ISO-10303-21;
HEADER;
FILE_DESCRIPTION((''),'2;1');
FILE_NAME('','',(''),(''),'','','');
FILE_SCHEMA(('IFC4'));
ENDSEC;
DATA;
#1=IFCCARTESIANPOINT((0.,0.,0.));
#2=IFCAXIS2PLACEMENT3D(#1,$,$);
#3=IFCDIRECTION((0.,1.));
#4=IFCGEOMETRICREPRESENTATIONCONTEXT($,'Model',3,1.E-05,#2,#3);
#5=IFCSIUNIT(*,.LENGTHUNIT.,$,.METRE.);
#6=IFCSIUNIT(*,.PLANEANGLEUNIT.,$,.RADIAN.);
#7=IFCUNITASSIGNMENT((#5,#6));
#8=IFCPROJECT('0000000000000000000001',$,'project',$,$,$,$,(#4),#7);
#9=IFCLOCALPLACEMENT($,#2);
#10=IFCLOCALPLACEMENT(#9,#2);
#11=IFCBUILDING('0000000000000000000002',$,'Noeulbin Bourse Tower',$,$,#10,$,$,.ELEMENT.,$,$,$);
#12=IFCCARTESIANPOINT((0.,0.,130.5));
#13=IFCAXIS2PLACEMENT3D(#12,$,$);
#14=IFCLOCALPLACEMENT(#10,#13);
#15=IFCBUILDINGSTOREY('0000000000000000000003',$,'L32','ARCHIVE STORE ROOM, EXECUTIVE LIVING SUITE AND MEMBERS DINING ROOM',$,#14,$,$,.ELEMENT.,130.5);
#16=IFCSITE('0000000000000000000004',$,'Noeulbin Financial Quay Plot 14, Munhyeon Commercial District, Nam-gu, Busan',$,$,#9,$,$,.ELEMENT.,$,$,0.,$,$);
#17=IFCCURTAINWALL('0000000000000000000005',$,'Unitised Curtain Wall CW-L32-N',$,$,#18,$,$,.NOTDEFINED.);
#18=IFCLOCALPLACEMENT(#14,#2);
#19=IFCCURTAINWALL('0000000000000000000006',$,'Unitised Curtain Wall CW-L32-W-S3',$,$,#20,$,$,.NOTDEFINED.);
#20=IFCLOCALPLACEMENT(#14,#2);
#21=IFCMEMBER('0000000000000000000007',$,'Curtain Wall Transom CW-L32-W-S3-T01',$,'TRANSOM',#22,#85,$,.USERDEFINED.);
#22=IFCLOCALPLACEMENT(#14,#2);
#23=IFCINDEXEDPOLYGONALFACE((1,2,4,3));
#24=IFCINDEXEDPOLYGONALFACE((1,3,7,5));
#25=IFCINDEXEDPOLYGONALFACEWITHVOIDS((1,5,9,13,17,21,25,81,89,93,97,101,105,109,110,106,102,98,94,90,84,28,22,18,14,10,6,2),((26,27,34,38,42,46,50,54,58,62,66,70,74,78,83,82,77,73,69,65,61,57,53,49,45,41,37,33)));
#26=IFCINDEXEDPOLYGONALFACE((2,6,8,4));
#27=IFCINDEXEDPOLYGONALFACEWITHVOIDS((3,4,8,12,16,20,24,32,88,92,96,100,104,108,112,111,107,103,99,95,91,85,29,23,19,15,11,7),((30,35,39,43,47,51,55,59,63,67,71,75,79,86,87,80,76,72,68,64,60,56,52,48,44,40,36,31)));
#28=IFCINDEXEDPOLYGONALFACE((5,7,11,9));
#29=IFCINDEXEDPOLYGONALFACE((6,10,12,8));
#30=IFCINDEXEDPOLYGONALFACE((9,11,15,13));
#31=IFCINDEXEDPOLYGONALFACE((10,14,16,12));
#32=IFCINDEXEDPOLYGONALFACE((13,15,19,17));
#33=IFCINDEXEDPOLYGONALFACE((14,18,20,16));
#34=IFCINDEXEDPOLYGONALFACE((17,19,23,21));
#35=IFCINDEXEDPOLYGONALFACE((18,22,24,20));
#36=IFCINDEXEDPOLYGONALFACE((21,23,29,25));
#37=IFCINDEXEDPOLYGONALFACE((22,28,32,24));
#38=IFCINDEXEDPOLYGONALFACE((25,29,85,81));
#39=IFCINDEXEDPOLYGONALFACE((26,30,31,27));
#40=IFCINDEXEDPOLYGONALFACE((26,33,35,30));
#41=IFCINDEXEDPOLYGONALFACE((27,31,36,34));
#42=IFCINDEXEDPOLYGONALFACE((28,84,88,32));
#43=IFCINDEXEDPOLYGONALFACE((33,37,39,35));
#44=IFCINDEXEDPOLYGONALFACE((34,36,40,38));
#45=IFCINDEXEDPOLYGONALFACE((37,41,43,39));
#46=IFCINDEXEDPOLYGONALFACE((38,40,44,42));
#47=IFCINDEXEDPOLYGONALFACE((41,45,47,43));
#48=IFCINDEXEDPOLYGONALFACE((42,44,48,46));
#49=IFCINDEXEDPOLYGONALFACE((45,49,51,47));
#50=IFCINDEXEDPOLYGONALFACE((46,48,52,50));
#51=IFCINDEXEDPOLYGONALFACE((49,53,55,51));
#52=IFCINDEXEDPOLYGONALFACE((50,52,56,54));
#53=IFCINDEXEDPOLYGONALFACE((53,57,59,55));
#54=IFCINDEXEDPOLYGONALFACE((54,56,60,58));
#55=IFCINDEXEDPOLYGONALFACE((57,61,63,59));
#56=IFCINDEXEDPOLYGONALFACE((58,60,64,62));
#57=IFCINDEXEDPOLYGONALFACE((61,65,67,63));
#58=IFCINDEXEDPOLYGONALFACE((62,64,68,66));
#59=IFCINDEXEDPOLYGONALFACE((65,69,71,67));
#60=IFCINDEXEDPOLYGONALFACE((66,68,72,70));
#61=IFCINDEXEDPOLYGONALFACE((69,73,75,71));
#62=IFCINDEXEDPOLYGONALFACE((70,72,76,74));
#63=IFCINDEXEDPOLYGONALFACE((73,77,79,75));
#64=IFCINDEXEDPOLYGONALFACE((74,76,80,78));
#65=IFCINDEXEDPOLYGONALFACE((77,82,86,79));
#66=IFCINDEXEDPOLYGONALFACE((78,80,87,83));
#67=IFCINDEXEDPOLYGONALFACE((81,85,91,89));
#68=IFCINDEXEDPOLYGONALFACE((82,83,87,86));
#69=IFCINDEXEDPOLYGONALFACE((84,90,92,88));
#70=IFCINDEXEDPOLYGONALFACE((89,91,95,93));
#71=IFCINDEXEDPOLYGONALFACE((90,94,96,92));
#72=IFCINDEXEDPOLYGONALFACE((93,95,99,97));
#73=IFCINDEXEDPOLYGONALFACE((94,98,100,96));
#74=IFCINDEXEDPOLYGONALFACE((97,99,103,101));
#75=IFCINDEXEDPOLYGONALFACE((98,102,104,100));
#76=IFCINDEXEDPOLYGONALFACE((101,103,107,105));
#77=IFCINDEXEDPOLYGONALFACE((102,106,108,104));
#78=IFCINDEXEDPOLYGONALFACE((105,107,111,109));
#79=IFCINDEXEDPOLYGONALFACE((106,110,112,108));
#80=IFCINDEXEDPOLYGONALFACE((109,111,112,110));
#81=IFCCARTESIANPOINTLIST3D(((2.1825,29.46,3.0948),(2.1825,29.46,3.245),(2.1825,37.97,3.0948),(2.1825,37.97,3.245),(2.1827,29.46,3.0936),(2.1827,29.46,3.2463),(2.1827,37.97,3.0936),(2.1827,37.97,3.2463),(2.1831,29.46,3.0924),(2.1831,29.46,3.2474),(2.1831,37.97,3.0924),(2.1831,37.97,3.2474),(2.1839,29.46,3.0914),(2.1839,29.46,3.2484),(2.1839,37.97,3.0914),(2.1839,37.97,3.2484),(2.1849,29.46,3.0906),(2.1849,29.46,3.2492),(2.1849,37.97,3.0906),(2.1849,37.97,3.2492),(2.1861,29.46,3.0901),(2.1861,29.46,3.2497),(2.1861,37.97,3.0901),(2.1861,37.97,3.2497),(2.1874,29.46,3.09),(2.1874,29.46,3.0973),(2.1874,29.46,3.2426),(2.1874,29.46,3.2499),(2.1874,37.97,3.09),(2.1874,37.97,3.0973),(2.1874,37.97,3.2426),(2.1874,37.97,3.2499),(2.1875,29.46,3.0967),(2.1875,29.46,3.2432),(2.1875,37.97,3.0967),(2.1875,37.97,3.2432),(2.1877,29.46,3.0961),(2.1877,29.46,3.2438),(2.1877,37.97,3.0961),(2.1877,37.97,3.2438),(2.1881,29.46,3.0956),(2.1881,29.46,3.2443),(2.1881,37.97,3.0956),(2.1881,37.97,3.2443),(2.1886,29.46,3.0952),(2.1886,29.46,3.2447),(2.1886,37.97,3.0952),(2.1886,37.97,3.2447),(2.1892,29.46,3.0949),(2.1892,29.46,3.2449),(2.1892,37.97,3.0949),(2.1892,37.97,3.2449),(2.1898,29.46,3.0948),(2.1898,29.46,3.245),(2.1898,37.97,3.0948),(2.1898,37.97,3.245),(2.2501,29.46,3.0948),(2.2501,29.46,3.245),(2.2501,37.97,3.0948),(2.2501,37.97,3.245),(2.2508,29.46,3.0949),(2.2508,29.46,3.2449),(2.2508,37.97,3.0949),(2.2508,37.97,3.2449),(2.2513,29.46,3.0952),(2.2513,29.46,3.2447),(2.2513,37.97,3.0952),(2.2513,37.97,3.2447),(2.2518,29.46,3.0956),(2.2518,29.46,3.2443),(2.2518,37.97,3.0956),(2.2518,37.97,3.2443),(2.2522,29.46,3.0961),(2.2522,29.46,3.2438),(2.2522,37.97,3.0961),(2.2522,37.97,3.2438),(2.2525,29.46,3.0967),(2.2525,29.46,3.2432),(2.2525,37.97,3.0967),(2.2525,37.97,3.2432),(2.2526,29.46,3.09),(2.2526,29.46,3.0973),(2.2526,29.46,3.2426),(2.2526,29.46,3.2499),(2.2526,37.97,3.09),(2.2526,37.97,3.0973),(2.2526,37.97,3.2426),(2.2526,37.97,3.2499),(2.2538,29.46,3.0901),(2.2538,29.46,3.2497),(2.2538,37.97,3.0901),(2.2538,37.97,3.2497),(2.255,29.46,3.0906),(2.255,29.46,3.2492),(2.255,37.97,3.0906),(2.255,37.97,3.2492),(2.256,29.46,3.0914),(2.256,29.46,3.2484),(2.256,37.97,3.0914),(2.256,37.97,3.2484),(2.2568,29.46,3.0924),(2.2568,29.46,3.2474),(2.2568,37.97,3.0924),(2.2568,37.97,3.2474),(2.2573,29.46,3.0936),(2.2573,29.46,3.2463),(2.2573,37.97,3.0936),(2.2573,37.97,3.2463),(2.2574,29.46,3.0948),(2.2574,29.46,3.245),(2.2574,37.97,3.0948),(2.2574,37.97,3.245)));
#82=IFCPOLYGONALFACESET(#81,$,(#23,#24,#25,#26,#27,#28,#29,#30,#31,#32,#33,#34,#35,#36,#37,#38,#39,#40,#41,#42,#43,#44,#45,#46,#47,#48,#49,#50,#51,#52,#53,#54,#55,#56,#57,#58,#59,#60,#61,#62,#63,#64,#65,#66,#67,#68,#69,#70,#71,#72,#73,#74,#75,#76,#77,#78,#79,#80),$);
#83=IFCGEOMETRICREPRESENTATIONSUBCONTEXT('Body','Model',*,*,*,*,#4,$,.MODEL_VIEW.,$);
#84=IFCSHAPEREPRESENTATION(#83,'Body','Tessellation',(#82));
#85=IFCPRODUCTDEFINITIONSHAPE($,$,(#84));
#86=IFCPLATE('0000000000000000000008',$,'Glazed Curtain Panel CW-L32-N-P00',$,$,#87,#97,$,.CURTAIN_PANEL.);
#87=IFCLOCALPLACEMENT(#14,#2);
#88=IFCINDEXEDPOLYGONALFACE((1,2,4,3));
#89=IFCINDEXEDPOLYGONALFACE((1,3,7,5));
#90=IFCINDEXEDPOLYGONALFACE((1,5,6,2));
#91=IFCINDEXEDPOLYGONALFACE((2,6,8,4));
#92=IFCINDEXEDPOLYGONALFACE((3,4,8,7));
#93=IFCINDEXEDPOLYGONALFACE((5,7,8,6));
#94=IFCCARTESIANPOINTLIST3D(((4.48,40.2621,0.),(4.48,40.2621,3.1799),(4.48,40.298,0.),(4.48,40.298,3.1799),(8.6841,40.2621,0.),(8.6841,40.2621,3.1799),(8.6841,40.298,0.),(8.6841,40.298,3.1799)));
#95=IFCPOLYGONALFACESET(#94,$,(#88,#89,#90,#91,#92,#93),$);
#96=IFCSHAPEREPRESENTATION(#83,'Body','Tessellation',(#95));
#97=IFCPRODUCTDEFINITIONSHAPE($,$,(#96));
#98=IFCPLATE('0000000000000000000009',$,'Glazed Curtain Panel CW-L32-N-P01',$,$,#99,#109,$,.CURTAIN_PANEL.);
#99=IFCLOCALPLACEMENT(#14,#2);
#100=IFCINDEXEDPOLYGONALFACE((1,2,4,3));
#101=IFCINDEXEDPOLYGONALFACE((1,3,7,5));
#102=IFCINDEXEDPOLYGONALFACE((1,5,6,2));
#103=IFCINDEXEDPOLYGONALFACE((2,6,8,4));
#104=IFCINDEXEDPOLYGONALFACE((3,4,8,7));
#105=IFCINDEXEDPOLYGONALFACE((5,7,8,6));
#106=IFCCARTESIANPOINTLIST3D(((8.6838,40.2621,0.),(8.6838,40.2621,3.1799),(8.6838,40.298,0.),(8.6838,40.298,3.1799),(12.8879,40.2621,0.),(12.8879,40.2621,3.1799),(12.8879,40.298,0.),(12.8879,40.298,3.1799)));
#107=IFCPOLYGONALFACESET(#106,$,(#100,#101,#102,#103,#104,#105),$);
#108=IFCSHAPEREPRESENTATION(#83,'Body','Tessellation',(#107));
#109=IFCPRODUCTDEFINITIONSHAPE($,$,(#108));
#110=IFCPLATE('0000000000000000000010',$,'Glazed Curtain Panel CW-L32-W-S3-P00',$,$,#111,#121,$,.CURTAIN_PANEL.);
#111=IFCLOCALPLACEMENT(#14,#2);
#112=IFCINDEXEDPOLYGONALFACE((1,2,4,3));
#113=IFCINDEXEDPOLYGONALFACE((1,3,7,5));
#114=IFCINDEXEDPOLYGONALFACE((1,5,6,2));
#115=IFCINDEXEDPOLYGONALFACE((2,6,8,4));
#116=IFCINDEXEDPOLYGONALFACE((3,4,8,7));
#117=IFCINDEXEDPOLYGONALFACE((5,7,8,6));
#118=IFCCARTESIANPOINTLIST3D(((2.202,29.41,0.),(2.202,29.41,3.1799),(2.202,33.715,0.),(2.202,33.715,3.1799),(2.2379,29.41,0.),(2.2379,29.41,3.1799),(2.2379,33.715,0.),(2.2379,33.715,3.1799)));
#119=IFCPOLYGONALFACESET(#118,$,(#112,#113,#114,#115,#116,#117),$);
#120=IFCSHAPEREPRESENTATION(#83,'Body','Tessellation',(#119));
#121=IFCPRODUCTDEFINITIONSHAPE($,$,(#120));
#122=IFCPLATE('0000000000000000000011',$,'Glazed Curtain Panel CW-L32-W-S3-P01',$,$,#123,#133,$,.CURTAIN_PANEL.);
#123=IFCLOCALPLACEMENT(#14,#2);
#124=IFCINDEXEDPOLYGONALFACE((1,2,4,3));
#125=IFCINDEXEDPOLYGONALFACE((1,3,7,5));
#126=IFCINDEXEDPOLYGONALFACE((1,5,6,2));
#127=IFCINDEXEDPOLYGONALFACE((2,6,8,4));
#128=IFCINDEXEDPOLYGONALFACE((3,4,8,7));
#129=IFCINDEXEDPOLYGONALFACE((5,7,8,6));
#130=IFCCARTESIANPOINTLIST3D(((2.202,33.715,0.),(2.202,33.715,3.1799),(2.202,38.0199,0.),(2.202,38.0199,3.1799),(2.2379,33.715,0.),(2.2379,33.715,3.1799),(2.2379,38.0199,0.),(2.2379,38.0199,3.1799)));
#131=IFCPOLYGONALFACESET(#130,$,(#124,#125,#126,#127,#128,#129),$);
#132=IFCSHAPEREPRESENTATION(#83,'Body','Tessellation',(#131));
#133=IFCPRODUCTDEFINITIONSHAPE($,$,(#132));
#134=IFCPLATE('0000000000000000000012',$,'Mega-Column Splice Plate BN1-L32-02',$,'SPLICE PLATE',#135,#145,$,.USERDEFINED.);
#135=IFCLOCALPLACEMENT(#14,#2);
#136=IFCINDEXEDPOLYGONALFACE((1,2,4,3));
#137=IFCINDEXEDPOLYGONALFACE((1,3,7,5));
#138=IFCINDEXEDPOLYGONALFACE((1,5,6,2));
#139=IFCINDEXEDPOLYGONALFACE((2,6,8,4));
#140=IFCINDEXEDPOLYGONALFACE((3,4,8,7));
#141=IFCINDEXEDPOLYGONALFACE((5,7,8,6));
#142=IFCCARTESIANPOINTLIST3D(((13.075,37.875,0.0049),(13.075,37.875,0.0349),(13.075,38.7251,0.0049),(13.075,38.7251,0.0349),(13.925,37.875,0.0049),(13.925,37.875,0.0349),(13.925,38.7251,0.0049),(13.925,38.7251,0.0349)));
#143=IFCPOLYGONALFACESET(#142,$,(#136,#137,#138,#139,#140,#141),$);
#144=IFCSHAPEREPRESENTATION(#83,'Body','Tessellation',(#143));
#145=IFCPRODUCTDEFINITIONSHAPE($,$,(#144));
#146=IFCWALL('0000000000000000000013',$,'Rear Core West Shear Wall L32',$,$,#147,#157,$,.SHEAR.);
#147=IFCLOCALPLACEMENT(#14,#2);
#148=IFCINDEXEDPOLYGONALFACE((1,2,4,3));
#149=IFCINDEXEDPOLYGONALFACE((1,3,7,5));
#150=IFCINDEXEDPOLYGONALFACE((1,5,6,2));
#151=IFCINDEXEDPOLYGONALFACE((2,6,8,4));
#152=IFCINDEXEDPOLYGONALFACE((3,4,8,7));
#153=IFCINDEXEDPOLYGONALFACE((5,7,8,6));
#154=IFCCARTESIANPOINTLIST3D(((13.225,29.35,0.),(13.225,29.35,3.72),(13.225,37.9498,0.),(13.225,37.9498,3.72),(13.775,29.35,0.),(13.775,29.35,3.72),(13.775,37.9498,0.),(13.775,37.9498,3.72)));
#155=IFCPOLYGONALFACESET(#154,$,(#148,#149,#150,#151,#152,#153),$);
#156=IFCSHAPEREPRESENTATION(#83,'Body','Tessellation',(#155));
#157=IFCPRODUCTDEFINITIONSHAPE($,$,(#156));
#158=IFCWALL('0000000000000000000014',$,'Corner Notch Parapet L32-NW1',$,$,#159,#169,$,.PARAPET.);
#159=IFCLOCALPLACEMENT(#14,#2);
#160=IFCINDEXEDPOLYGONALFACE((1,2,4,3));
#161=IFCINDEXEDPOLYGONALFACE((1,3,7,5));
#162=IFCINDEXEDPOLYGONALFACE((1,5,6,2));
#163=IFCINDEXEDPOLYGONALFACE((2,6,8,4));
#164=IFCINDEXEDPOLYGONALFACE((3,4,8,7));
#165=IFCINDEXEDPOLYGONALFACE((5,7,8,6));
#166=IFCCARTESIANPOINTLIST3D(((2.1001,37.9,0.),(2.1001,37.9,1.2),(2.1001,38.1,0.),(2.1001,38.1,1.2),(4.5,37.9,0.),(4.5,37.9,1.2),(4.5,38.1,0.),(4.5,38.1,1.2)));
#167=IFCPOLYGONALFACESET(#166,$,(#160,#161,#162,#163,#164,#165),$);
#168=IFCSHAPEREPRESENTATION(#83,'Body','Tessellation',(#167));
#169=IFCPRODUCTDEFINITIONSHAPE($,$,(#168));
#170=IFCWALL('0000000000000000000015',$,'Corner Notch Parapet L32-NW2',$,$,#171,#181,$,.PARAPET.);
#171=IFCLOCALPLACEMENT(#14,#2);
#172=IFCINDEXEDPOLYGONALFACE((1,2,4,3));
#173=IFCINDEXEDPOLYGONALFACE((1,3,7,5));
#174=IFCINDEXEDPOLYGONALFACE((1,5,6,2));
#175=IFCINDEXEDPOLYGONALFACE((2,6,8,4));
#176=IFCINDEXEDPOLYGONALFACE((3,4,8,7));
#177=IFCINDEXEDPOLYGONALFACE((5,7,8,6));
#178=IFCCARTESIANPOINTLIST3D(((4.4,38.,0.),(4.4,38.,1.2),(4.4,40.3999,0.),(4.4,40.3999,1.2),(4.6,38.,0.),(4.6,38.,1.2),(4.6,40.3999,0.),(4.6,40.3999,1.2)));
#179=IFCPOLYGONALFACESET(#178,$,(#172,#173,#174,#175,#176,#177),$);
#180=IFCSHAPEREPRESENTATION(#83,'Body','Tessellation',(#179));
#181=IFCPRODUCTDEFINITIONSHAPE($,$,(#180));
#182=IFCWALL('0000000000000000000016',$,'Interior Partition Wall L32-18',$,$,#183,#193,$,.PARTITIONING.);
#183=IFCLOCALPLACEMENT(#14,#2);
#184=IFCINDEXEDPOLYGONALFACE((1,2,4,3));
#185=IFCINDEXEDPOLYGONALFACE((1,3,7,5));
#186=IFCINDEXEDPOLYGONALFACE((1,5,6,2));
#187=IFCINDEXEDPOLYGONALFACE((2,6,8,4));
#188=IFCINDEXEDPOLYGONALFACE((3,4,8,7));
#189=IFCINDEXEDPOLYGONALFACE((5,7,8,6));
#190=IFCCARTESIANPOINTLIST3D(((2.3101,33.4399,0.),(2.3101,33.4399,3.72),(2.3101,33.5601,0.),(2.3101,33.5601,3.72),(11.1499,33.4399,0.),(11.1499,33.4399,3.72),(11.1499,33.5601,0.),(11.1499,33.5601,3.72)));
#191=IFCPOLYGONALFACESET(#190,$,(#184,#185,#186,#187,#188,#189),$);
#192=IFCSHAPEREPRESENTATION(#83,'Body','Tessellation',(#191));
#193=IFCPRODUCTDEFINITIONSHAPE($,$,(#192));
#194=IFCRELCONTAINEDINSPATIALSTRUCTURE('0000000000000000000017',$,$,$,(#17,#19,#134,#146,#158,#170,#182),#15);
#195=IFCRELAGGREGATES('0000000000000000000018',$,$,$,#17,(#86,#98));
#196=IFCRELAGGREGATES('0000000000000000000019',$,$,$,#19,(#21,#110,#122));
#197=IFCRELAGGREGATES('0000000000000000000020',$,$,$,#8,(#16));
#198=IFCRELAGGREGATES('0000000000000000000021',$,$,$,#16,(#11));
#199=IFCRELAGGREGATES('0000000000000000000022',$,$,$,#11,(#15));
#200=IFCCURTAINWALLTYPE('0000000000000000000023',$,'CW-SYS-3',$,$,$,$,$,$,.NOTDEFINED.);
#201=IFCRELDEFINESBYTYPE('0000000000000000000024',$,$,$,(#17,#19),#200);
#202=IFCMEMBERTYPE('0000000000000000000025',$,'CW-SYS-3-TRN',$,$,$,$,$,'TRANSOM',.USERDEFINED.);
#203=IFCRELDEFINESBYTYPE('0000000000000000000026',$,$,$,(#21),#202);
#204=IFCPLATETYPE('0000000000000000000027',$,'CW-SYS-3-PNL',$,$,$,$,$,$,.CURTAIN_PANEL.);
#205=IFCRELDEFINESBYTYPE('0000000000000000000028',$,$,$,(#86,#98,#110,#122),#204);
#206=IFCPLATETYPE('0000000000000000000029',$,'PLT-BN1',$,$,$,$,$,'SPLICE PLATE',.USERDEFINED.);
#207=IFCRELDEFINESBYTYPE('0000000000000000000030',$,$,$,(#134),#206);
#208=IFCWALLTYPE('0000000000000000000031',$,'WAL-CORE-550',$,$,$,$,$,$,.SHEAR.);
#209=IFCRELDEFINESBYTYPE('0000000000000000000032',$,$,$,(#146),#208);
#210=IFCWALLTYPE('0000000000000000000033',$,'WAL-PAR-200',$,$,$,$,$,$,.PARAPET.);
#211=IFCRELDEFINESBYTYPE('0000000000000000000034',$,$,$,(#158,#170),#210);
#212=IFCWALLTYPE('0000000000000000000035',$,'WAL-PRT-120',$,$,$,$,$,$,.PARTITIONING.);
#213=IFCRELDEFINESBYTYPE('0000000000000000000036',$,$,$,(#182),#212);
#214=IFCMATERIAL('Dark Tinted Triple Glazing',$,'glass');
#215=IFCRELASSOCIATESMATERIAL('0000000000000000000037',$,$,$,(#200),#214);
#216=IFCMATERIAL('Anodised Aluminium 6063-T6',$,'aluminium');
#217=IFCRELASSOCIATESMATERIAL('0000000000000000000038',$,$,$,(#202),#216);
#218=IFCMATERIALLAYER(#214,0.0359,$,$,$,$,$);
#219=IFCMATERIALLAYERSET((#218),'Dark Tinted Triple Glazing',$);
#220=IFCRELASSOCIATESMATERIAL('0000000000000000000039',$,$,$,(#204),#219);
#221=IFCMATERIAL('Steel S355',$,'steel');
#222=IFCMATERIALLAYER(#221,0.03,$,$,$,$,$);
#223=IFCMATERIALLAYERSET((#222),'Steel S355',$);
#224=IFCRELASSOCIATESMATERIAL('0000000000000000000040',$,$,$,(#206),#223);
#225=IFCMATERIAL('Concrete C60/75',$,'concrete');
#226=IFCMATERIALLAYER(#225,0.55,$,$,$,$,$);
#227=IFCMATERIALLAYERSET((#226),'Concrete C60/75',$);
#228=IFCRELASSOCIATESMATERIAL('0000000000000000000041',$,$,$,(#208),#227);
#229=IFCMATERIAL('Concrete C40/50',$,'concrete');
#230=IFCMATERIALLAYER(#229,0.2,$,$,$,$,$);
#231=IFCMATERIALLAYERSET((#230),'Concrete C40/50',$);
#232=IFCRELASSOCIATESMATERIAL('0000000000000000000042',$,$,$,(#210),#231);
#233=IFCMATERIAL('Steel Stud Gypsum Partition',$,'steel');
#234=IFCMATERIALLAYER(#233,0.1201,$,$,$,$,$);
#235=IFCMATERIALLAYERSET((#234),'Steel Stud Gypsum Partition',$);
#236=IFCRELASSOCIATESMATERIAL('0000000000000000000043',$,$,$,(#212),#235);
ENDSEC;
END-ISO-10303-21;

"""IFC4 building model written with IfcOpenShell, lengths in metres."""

from ifc_helpers import new_model, si_unit, direction, frame, frame_2d, origin, origin_2d, place, context, subcontext, project, spatial, rectangle, hollow_rectangle, extrude, material, layer, layer_set, material_profile, profile_set, type_object, element, aggregate, save


model = new_model("IFC4")

# Units and contexts
model_context = context("Model", 3, precision=1e-05, world=origin(), true_north=direction((0.0, 1.0)))
body_context = subcontext(model_context, "Body", "Model", "MODEL_VIEW")
ifc_project = project(units=[si_unit("LENGTHUNIT", "METRE"), si_unit("PLANEANGLEUNIT", "RADIAN")], contexts=[model_context])

# Site, building, storey
site_placement = place(None, origin())
site = spatial("IfcSite", under=ifc_project, at=site_placement, Name="Noeulbin Financial Quay Plot 14, Munhyeon Commercial District, Nam-gu, Busan", CompositionType="ELEMENT", RefElevation=0.0)
building_placement = place(site_placement, origin())
building = spatial("IfcBuilding", under=site, at=building_placement, Name="Noeulbin Bourse Tower", CompositionType="ELEMENT")
storey_placement = place(building_placement, frame((0.0, 0.0, 130.5)))
storey = spatial("IfcBuildingStorey", under=building, at=storey_placement, Name="L32", Description="ARCHIVE STORE ROOM, EXECUTIVE LIVING SUITE AND MEMBERS DINING ROOM", CompositionType="ELEMENT", Elevation=130.5)

# Curtain walls
ifc_material_1 = material(Name="Dark Tinted Triple Glazing", Category="glass")
curtain_wall_type = type_object("IfcCurtainWallType", Name="CW-SYS-3", PredefinedType="NOTDEFINED", material=ifc_material_1)
curtain_wall_1_placement = place(storey_placement, origin())
curtain_wall_1 = element("IfcCurtainWall", 1, at=curtain_wall_1_placement, inside=storey, type_object=curtain_wall_type, Name="Unitised Curtain Wall CW-L32-N", PredefinedType="NOTDEFINED")
ifc_material_2 = material(Name="Anodised Aluminium 6063-T6", Category="aluminium")
curtain_wall_2_placement = place(storey_placement, origin())
curtain_wall_2 = element("IfcCurtainWall", 2, at=curtain_wall_2_placement, inside=storey, type_object=curtain_wall_type, Name="Unitised Curtain Wall CW-L32-W-S3", PredefinedType="NOTDEFINED")

# Member
ifc_material_profile_1 = material_profile(ifc_material_2, hollow_rectangle(XDim=0.075, YDim=0.1599, WallThickness=0.0049, InnerFilletRadius=0.0024, OuterFilletRadius=0.0049, at=origin_2d()), Name="ALU-TRAN-75x160x5", Category="LoadBearing")
ifc_profile_set_1 = profile_set([ifc_material_profile_1], Name="Anodised Aluminium 6063-T6")
member_type_1 = type_object("IfcMemberType", Name="CW-SYS-3-TRN", ElementType="TRANSOM", PredefinedType="USERDEFINED", material=ifc_profile_set_1)
member_1_placement = place(storey_placement, frame((2.22, 29.46, 3.1699), z_axis=(0.0, 1.0, 0.0), x_axis=(-1.0, 0.0, 0.0)))
member_1 = element("IfcMember", 3, at=member_1_placement, type_object=member_type_1, Name="Curtain Wall Transom CW-L32-W-S3-T01", ObjectType="TRANSOM", PredefinedType="USERDEFINED", context=body_context, shape_type="SweptSolid", body=[
    extrude(hollow_rectangle(XDim=0.075, YDim=0.1599, WallThickness=0.0049, InnerFilletRadius=0.0024, OuterFilletRadius=0.0049, at=origin_2d()), origin(), (0.0, 0.0, 1.0), 8.51),
])

# Plates
ifc_layer_1 = layer(ifc_material_1, 0.0359)
ifc_layer_set_1 = layer_set([ifc_layer_1], Name="Dark Tinted Triple Glazing")
plate_type_1 = type_object("IfcPlateType", Name="CW-SYS-3-PNL", PredefinedType="CURTAIN_PANEL", material=ifc_layer_set_1)
plate_1_placement = place(storey_placement, frame((6.582, 40.28, 0.0), z_axis=(0.0, 0.0, 1.0), x_axis=(1.0, 0.0, 0.0)))
plate_1 = element("IfcPlate", 4, at=plate_1_placement, type_object=plate_type_1, Name="Glazed Curtain Panel CW-L32-N-P00", PredefinedType="CURTAIN_PANEL", context=body_context, shape_type="SweptSolid", body=[
    extrude(rectangle(XDim=4.2041, YDim=0.0359, at=origin_2d()), origin(), (0.0, 0.0, 1.0), 3.1799),
])
plate_2_placement = place(storey_placement, frame((10.7859, 40.28, 0.0), z_axis=(0.0, 0.0, 1.0), x_axis=(1.0, 0.0, 0.0)))
plate_2 = element("IfcPlate", 5, at=plate_2_placement, type_object=plate_type_1, Name="Glazed Curtain Panel CW-L32-N-P01", PredefinedType="CURTAIN_PANEL", context=body_context, shape_type="SweptSolid", body=[
    extrude(rectangle(XDim=4.2041, YDim=0.0359, at=origin_2d()), origin(), (0.0, 0.0, 1.0), 3.1799),
])
aggregate(curtain_wall_1, [plate_1, plate_2])
plate_3_placement = place(storey_placement, frame((2.22, 31.5625, 0.0), z_axis=(0.0, 0.0, 1.0), x_axis=(0.0, 1.0, 0.0)))
plate_3 = element("IfcPlate", 6, at=plate_3_placement, type_object=plate_type_1, Name="Glazed Curtain Panel CW-L32-W-S3-P00", PredefinedType="CURTAIN_PANEL", context=body_context, shape_type="SweptSolid", body=[
    extrude(rectangle(XDim=4.3049, YDim=0.0359, at=origin_2d()), origin(), (0.0, 0.0, 1.0), 3.1799),
])
plate_4_placement = place(storey_placement, frame((2.22, 35.8674, 0.0), z_axis=(0.0, 0.0, 1.0), x_axis=(0.0, 1.0, 0.0)))
plate_4 = element("IfcPlate", 7, at=plate_4_placement, type_object=plate_type_1, Name="Glazed Curtain Panel CW-L32-W-S3-P01", PredefinedType="CURTAIN_PANEL", context=body_context, shape_type="SweptSolid", body=[
    extrude(rectangle(XDim=4.3049, YDim=0.0359, at=origin_2d()), origin(), (0.0, 0.0, 1.0), 3.1799),
])
aggregate(curtain_wall_2, [member_1, plate_3, plate_4])
ifc_material_3 = material(Name="Steel S355", Category="steel")
ifc_layer_2 = layer(ifc_material_3, 0.03)
ifc_layer_set_2 = layer_set([ifc_layer_2], Name="Steel S355")
plate_type_2 = type_object("IfcPlateType", Name="PLT-BN1", ElementType="SPLICE PLATE", PredefinedType="USERDEFINED", material=ifc_layer_set_2)
plate_5_placement = place(storey_placement, frame((13.5, 38.3, 0.0049), z_axis=(0.0, 0.0, 1.0), x_axis=(1.0, 0.0, 0.0)))
element("IfcPlate", 8, at=plate_5_placement, inside=storey, type_object=plate_type_2, Name="Mega-Column Splice Plate BN1-L32-02", ObjectType="SPLICE PLATE", PredefinedType="USERDEFINED", context=body_context, shape_type="SweptSolid", body=[
    extrude(rectangle(XDim=0.8501, YDim=0.8501, at=origin_2d()), origin(), (0.0, 0.0, 1.0), 0.03),
])

# Walls
ifc_material_4 = material(Name="Concrete C60/75", Category="concrete")
ifc_layer_3 = layer(ifc_material_4, 0.55)
ifc_layer_set_3 = layer_set([ifc_layer_3], Name="Concrete C60/75")
wall_type_1 = type_object("IfcWallType", Name="WAL-CORE-550", PredefinedType="SHEAR", material=ifc_layer_set_3)
wall_1_placement = place(storey_placement, frame((13.5, 29.3501, 0.0), z_axis=(0.0, 0.0, 1.0), x_axis=(0.0, 1.0, 0.0)))
element("IfcWall", 9, at=wall_1_placement, inside=storey, type_object=wall_type_1, Name="Rear Core West Shear Wall L32", PredefinedType="SHEAR", context=body_context, shape_type="SweptSolid", body=[
    extrude(rectangle(XDim=8.5999, YDim=0.55, at=frame_2d((4.2998, 0.0))), origin(), (0.0, 0.0, 1.0), 3.72),
])
ifc_material_5 = material(Name="Concrete C40/50", Category="concrete")
ifc_layer_4 = layer(ifc_material_5, 0.2)
ifc_layer_set_4 = layer_set([ifc_layer_4], Name="Concrete C40/50")
wall_type_2 = type_object("IfcWallType", Name="WAL-PAR-200", PredefinedType="PARAPET", material=ifc_layer_set_4)
for number, where, z_axis, x_axis, name in (
    (10, (2.1001, 38.0, 0.0), (0.0, 0.0, 1.0), (1.0, 0.0, 0.0), "Corner Notch Parapet L32-NW1"),
    (11, (4.5, 38.0, 0.0), (0.0, 0.0, 1.0), (0.0, 1.0, 0.0), "Corner Notch Parapet L32-NW2"),
):
    element("IfcWall", number, at=place(storey_placement, frame(where, z_axis=z_axis, x_axis=x_axis)), inside=storey, type_object=wall_type_2, Name=name, PredefinedType="PARAPET", context=body_context, shape_type="SweptSolid", body=[
        extrude(rectangle(XDim=2.3999, YDim=0.2, at=frame_2d((1.2, 0.0))), origin(), (0.0, 0.0, 1.0), 1.2),
    ])
ifc_material_6 = material(Name="Steel Stud Gypsum Partition", Category="steel")
ifc_layer_5 = layer(ifc_material_6, 0.1201)
ifc_layer_set_5 = layer_set([ifc_layer_5], Name="Steel Stud Gypsum Partition")
wall_type_3 = type_object("IfcWallType", Name="WAL-PRT-120", PredefinedType="PARTITIONING", material=ifc_layer_set_5)
wall_2_placement = place(storey_placement, frame((2.3101, 33.5, 0.0), z_axis=(0.0, 0.0, 1.0), x_axis=(1.0, 0.0, 0.0)))
element("IfcWall", 12, at=wall_2_placement, inside=storey, type_object=wall_type_3, Name="Interior Partition Wall L32-18", PredefinedType="PARTITIONING", context=body_context, shape_type="SweptSolid", body=[
    extrude(rectangle(XDim=8.8398, YDim=0.1201, at=frame_2d((4.4199, 0.0))), origin(), (0.0, 0.0, 1.0), 3.72),
])

save(model, "model.ifc")
